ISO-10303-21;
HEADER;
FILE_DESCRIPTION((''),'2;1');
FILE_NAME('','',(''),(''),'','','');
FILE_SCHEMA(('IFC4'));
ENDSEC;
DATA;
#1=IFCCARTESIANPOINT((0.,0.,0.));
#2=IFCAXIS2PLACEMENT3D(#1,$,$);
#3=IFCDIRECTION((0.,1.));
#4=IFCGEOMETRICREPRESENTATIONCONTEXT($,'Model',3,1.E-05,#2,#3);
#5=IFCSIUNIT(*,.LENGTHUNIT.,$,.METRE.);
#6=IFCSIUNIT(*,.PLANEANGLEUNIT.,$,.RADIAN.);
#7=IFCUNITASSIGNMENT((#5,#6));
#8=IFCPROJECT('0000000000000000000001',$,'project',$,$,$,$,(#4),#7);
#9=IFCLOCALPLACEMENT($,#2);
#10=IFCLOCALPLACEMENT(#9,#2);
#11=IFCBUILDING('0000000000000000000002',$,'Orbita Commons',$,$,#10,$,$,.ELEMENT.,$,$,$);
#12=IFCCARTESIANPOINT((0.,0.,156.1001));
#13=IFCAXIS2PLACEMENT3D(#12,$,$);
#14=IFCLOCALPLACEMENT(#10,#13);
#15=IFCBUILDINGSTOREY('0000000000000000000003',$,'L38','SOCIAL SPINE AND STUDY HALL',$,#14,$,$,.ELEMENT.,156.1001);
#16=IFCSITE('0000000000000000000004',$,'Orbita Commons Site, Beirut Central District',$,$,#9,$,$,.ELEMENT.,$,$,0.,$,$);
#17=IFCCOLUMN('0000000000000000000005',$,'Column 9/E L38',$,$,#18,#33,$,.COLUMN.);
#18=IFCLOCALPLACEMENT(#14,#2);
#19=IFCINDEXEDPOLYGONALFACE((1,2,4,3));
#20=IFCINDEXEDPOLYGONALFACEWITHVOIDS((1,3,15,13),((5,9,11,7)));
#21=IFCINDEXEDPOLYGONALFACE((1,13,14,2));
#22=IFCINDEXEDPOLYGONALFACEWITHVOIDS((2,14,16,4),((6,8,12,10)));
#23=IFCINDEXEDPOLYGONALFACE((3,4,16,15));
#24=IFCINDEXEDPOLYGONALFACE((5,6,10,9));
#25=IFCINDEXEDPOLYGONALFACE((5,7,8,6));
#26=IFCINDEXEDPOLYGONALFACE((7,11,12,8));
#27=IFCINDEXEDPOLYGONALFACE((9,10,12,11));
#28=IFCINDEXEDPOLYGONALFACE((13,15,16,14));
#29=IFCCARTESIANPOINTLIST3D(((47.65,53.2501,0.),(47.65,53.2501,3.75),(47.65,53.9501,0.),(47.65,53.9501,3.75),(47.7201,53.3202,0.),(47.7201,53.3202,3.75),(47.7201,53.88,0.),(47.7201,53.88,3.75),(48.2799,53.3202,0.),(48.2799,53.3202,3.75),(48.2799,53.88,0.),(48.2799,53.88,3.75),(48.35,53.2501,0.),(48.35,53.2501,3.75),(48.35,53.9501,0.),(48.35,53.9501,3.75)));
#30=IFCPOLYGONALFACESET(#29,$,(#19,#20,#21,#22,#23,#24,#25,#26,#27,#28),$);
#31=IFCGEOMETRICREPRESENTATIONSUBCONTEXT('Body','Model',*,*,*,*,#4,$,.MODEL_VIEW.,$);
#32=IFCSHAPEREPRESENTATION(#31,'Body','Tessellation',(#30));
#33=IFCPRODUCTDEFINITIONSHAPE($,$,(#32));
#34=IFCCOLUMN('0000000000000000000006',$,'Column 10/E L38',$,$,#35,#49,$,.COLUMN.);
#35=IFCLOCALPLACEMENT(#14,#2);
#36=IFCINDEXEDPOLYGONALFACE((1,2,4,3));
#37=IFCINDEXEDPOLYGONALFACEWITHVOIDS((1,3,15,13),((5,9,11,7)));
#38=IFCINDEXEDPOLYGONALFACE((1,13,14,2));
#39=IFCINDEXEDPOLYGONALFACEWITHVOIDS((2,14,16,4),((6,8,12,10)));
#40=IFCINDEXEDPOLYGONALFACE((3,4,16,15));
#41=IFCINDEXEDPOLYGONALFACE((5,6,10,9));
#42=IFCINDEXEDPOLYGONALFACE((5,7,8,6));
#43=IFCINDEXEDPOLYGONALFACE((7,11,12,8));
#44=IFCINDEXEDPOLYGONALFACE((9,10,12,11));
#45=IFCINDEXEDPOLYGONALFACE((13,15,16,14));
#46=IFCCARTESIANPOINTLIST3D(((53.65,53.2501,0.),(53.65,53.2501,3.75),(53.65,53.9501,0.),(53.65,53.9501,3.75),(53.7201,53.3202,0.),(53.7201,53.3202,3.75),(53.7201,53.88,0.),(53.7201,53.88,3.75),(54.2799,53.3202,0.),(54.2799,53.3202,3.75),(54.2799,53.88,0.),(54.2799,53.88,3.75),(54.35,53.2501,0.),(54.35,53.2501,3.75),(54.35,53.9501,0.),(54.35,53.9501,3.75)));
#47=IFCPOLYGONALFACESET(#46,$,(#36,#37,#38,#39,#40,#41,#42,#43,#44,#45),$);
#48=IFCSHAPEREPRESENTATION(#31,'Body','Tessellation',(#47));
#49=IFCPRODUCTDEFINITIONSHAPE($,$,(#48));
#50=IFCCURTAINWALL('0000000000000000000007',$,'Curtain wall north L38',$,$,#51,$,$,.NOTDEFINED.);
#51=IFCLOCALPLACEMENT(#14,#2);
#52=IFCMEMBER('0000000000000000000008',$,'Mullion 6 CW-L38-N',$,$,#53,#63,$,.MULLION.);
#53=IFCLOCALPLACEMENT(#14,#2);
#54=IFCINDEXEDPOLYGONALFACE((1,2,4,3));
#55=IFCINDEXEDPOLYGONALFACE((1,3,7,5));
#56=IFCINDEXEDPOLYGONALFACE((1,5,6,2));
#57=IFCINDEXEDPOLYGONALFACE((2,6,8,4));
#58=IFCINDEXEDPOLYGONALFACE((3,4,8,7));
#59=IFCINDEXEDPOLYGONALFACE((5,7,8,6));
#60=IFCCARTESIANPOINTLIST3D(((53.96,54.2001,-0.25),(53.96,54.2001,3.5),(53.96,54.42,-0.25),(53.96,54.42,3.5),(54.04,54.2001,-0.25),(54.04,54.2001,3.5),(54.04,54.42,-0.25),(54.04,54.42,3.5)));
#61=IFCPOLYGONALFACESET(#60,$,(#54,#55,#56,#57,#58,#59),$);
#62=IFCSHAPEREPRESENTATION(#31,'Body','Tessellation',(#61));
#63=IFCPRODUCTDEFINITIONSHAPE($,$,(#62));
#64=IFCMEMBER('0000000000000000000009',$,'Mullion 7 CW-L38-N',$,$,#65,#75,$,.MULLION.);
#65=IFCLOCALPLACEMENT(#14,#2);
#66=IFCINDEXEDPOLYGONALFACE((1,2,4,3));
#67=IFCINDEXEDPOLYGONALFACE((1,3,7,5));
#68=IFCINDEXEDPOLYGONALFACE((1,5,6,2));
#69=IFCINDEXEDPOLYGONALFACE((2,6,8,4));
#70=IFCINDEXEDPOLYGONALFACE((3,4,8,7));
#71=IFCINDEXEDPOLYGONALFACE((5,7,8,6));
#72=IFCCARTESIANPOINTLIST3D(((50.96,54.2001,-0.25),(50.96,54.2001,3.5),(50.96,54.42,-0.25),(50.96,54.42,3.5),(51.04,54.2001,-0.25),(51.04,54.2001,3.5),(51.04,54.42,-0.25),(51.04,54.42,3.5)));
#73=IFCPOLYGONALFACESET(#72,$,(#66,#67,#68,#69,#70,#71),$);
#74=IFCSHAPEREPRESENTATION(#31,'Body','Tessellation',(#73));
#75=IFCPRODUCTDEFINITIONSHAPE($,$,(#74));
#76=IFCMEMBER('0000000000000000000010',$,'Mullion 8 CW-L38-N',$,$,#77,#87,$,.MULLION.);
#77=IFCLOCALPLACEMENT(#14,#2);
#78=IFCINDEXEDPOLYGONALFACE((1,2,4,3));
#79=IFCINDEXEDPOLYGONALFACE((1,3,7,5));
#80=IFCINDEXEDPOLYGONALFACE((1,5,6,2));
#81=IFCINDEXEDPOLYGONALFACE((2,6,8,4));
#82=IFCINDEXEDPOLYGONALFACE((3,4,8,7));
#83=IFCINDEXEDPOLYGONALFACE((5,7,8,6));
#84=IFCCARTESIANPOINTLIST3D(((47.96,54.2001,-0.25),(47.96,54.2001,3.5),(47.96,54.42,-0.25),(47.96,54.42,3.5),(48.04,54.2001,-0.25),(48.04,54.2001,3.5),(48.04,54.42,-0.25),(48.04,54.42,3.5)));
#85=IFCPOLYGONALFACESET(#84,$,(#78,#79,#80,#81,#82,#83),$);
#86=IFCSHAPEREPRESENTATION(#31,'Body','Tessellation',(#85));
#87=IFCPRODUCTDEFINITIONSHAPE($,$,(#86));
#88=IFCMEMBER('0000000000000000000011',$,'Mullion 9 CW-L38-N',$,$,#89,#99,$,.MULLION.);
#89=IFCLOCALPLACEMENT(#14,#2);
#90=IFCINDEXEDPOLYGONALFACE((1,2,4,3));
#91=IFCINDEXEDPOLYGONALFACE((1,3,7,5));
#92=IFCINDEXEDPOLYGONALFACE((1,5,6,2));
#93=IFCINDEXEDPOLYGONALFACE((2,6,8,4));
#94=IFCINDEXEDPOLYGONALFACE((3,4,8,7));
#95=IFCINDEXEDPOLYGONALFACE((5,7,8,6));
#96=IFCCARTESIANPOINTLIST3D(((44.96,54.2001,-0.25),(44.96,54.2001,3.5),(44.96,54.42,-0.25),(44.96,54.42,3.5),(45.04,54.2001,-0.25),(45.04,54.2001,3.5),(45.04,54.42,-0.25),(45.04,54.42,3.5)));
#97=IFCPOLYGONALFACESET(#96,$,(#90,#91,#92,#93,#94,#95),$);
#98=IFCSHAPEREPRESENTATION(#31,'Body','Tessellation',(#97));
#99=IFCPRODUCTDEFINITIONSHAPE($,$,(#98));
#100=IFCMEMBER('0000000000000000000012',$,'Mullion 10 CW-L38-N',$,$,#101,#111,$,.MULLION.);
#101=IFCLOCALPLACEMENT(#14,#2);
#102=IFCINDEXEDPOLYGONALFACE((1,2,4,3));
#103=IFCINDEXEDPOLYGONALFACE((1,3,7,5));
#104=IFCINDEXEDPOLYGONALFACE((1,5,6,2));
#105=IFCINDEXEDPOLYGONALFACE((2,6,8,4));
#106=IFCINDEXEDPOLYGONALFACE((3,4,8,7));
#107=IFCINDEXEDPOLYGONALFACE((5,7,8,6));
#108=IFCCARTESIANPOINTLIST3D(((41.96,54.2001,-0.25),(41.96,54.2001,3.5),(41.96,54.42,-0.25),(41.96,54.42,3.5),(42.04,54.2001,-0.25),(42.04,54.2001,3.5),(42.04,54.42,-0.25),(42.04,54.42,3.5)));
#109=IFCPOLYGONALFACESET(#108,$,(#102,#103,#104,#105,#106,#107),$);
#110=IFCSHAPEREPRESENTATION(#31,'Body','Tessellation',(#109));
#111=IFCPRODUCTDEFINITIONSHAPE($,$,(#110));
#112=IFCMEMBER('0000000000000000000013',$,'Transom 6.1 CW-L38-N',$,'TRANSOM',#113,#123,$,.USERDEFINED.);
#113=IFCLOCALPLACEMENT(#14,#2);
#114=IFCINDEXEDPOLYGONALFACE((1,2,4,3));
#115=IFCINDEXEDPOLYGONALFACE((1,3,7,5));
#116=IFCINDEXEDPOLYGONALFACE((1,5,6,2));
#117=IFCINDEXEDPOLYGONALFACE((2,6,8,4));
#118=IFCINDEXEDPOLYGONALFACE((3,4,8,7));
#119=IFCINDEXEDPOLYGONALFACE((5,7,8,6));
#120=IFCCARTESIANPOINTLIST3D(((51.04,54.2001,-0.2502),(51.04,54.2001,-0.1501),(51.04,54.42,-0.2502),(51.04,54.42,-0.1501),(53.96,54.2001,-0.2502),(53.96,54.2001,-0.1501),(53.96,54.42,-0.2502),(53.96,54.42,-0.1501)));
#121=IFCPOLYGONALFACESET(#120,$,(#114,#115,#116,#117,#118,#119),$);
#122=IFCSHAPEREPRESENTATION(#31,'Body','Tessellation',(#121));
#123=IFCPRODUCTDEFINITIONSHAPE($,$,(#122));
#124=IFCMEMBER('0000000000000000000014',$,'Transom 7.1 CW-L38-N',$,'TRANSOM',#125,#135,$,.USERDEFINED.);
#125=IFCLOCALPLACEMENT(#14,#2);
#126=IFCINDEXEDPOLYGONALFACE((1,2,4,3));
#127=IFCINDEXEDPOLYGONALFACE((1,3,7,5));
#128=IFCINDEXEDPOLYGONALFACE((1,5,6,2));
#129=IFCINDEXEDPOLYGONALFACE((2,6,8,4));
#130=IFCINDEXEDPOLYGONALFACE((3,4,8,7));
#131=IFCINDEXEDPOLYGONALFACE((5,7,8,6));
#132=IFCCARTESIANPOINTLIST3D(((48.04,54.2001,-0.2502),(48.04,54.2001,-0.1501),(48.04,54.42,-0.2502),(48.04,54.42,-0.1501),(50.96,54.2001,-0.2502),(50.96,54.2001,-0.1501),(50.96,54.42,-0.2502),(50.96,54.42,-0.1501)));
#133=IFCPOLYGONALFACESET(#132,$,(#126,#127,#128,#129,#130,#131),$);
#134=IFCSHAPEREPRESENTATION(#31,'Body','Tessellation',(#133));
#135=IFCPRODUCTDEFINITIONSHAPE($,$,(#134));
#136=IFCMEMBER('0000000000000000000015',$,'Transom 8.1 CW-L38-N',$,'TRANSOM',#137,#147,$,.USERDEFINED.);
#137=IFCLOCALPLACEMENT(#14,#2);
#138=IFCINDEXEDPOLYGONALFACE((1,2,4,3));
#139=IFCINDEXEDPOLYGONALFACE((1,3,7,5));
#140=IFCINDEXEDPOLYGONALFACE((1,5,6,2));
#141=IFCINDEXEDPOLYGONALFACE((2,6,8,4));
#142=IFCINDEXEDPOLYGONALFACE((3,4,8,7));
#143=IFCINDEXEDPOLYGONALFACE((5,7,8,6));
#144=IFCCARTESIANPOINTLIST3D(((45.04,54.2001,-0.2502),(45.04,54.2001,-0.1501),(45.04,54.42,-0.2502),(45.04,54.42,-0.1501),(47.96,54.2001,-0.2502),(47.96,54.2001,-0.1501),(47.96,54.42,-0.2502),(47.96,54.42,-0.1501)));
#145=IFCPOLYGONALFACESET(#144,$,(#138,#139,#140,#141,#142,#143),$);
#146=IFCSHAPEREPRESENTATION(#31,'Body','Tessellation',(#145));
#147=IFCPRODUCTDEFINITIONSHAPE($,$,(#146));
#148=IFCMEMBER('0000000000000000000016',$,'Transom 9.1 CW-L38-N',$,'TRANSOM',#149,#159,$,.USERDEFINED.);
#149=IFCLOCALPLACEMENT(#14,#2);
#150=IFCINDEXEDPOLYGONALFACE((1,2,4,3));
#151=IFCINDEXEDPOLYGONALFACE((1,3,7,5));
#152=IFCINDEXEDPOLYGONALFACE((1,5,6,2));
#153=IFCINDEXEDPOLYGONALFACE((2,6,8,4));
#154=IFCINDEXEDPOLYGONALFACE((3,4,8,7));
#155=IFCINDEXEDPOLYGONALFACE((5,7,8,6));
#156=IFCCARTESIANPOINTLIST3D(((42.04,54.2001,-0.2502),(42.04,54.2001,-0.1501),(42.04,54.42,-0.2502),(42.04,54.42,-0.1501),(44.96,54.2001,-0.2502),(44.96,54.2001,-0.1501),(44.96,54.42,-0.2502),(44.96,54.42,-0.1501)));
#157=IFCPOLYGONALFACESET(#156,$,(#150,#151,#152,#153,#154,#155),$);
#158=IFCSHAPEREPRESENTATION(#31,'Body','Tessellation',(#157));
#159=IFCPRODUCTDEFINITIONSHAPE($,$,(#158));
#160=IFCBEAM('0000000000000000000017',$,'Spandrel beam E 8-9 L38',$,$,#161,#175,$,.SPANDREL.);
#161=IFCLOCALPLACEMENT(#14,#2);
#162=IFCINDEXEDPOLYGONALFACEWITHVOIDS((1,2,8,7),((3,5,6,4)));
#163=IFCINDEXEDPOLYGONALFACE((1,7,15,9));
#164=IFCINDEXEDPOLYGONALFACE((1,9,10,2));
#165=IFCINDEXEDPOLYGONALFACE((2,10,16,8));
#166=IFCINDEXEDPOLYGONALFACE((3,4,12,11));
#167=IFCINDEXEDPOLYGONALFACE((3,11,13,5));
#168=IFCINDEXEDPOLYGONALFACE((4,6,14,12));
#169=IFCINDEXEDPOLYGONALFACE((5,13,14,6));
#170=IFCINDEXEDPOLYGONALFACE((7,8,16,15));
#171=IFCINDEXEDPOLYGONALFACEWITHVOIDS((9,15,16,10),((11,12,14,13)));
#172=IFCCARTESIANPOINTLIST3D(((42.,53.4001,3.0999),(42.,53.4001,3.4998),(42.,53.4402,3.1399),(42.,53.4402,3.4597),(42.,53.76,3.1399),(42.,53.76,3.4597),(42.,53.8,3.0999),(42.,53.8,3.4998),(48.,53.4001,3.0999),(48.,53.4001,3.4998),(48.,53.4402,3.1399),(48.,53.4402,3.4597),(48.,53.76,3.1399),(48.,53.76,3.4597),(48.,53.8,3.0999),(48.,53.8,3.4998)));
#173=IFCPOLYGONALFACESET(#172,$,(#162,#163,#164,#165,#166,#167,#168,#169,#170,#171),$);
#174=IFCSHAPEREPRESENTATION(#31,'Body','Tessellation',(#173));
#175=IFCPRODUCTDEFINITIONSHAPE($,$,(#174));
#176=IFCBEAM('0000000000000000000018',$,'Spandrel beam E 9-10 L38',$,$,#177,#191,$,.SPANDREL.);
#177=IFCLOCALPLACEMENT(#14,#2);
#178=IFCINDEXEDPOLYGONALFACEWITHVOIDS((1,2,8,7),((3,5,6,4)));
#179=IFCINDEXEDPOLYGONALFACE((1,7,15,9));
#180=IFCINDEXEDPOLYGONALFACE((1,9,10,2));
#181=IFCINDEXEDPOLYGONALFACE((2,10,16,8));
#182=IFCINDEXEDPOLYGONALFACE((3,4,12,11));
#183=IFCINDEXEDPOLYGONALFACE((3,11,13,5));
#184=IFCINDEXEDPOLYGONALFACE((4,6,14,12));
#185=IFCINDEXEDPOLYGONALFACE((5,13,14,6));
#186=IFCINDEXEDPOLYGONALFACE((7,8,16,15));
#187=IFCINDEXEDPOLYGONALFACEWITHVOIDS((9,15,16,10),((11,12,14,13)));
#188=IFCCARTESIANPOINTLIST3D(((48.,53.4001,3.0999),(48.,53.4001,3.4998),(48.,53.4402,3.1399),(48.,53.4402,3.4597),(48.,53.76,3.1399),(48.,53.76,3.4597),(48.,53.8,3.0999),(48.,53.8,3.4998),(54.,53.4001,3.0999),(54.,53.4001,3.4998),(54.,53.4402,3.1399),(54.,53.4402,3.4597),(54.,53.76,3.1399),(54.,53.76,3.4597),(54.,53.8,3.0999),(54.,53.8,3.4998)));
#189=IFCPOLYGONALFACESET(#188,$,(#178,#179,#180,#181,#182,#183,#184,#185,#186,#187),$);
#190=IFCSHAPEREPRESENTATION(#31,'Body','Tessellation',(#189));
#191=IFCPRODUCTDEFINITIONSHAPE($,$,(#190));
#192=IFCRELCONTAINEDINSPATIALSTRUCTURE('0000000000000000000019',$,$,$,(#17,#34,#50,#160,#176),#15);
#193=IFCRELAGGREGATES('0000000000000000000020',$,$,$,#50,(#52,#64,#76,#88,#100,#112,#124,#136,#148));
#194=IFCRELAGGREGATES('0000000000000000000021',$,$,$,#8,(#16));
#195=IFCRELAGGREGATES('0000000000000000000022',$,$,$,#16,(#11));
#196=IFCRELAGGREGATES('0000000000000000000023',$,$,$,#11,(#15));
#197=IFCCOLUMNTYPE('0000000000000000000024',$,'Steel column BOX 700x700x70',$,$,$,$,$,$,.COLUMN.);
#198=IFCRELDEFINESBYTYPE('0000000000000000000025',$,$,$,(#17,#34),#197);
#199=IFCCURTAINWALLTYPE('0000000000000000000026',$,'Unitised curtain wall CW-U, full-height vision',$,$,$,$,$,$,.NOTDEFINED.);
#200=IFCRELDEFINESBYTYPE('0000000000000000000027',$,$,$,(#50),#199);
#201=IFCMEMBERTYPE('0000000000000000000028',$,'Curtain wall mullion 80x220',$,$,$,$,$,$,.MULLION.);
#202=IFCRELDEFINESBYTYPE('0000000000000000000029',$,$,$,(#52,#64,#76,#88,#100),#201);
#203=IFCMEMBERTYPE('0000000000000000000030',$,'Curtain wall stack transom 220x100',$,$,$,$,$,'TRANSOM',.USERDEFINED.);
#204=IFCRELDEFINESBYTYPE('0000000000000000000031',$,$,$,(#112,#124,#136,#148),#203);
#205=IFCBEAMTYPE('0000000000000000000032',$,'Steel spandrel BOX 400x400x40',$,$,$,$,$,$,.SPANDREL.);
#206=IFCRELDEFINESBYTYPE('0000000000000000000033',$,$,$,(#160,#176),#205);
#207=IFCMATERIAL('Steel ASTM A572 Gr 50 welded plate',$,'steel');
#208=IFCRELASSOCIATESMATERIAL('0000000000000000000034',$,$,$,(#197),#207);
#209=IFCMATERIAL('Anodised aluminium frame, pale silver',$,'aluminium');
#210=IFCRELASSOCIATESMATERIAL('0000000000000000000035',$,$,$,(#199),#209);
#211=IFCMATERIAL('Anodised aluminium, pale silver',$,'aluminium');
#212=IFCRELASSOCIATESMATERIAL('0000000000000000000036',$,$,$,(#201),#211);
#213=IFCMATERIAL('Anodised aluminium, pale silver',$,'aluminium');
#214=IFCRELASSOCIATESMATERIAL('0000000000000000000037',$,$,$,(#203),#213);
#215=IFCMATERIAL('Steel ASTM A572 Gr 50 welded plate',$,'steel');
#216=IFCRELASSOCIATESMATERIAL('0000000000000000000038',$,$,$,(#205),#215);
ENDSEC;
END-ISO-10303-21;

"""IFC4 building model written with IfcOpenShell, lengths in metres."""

from ifc_helpers import new_model, si_unit, direction, frame, origin, origin_2d, place, context, subcontext, project, spatial, rectangle, hollow_rectangle, extrude, material, material_profile, profile_set, type_object, element, aggregate, save


model = new_model("IFC4")

# Units and contexts
model_context = context("Model", 3, precision=1e-05, world=origin(), true_north=direction((0.0, 1.0)))
body_context = subcontext(model_context, "Body", "Model", "MODEL_VIEW")
ifc_project = project(units=[si_unit("LENGTHUNIT", "METRE"), si_unit("PLANEANGLEUNIT", "RADIAN")], contexts=[model_context])

# Site, building, storey
site_placement = place(None, origin())
site = spatial("IfcSite", under=ifc_project, at=site_placement, Name="Orbita Commons Site, Beirut Central District", CompositionType="ELEMENT", RefElevation=0.0)
building_placement = place(site_placement, origin())
building = spatial("IfcBuilding", under=site, at=building_placement, Name="Orbita Commons", CompositionType="ELEMENT")
storey_placement = place(building_placement, frame((0.0, 0.0, 156.1001)))
storey = spatial("IfcBuildingStorey", under=building, at=storey_placement, Name="L38", Description="SOCIAL SPINE AND STUDY HALL", CompositionType="ELEMENT", Elevation=156.1001)

# Columns
ifc_material_1 = material(Name="Steel ASTM A572 Gr 50 welded plate", Category="steel")
ifc_material_profile_1 = material_profile(ifc_material_1, hollow_rectangle(XDim=0.7, YDim=0.7, WallThickness=0.0701, at=origin_2d()), Name="BOX 700x700x70")
ifc_profile_set_1 = profile_set([ifc_material_profile_1], Name="Steel ASTM A572 Gr 50 welded plate")
column_type = type_object("IfcColumnType", Name="Steel column BOX 700x700x70", PredefinedType="COLUMN", material=ifc_profile_set_1)
for number, where, z_axis, x_axis, name in (
    (1, (48.0, 53.6001, 0.0), (0.0, 0.0, 1.0), (1.0, 0.0, 0.0), "Column 9/E L38"),
    (2, (54.0, 53.6001, 0.0), (0.0, 0.0, 1.0), (1.0, 0.0, 0.0), "Column 10/E L38"),
):
    element("IfcColumn", number, at=place(storey_placement, frame(where, z_axis=z_axis, x_axis=x_axis)), inside=storey, type_object=column_type, Name=name, PredefinedType="COLUMN", context=body_context, shape_type="SweptSolid", body=[
        extrude(hollow_rectangle(XDim=0.7, YDim=0.7, WallThickness=0.0701, at=origin_2d()), origin(), (0.0, 0.0, 1.0), 3.75),
    ])

# Curtain wall, members
ifc_material_2 = material(Name="Anodised aluminium frame, pale silver", Category="aluminium")
curtain_wall_type = type_object("IfcCurtainWallType", Name="Unitised curtain wall CW-U, full-height vision", PredefinedType="NOTDEFINED", material=ifc_material_2)
curtain_wall_placement = place(storey_placement, origin())
curtain_wall = element("IfcCurtainWall", 3, at=curtain_wall_placement, inside=storey, type_object=curtain_wall_type, Name="Curtain wall north L38", PredefinedType="NOTDEFINED")
ifc_material_3 = material(Name="Anodised aluminium, pale silver", Category="aluminium")
ifc_material_profile_2 = material_profile(ifc_material_3, rectangle(XDim=0.0801, YDim=0.22, at=origin_2d()), Name="AL 80x220")
ifc_profile_set_2 = profile_set([ifc_material_profile_2], Name="Anodised aluminium, pale silver")
member_type_1 = type_object("IfcMemberType", Name="Curtain wall mullion 80x220", PredefinedType="MULLION", material=ifc_profile_set_2)
member_1_placement = place(storey_placement, frame((54.0, 54.3101, -0.25), z_axis=(0.0, 0.0, 1.0), x_axis=(-1.0, 0.0, 0.0)))
member_1 = element("IfcMember", 4, at=member_1_placement, type_object=member_type_1, Name="Mullion 6 CW-L38-N", PredefinedType="MULLION", context=body_context, shape_type="SweptSolid", body=[
    extrude(rectangle(XDim=0.0801, YDim=0.22, at=origin_2d()), origin(), (0.0, 0.0, 1.0), 3.75),
])
member_2_placement = place(storey_placement, frame((51.0, 54.3101, -0.25), z_axis=(0.0, 0.0, 1.0), x_axis=(-1.0, 0.0, 0.0)))
member_2 = element("IfcMember", 5, at=member_2_placement, type_object=member_type_1, Name="Mullion 7 CW-L38-N", PredefinedType="MULLION", context=body_context, shape_type="SweptSolid", body=[
    extrude(rectangle(XDim=0.0801, YDim=0.22, at=origin_2d()), origin(), (0.0, 0.0, 1.0), 3.75),
])
member_3_placement = place(storey_placement, frame((48.0, 54.3101, -0.25), z_axis=(0.0, 0.0, 1.0), x_axis=(-1.0, 0.0, 0.0)))
member_3 = element("IfcMember", 6, at=member_3_placement, type_object=member_type_1, Name="Mullion 8 CW-L38-N", PredefinedType="MULLION", context=body_context, shape_type="SweptSolid", body=[
    extrude(rectangle(XDim=0.0801, YDim=0.22, at=origin_2d()), origin(), (0.0, 0.0, 1.0), 3.75),
])
member_4_placement = place(storey_placement, frame((45.0, 54.3101, -0.25), z_axis=(0.0, 0.0, 1.0), x_axis=(-1.0, 0.0, 0.0)))
member_4 = element("IfcMember", 7, at=member_4_placement, type_object=member_type_1, Name="Mullion 9 CW-L38-N", PredefinedType="MULLION", context=body_context, shape_type="SweptSolid", body=[
    extrude(rectangle(XDim=0.0801, YDim=0.22, at=origin_2d()), origin(), (0.0, 0.0, 1.0), 3.75),
])
member_5_placement = place(storey_placement, frame((42.0, 54.3101, -0.25), z_axis=(0.0, 0.0, 1.0), x_axis=(-1.0, 0.0, 0.0)))
member_5 = element("IfcMember", 8, at=member_5_placement, type_object=member_type_1, Name="Mullion 10 CW-L38-N", PredefinedType="MULLION", context=body_context, shape_type="SweptSolid", body=[
    extrude(rectangle(XDim=0.0801, YDim=0.22, at=origin_2d()), origin(), (0.0, 0.0, 1.0), 3.75),
])
ifc_material_4 = material(Name="Anodised aluminium, pale silver", Category="aluminium")
ifc_material_profile_3 = material_profile(ifc_material_4, rectangle(XDim=0.22, YDim=0.1001, at=origin_2d()), Name="AL 220x100")
ifc_profile_set_3 = profile_set([ifc_material_profile_3], Name="Anodised aluminium, pale silver")
member_type_2 = type_object("IfcMemberType", Name="Curtain wall stack transom 220x100", ElementType="TRANSOM", PredefinedType="USERDEFINED", material=ifc_profile_set_3)
member_6_placement = place(storey_placement, frame((53.96, 54.3101, -0.2002), z_axis=(-1.0, 0.0, 0.0), x_axis=(0.0, -1.0, 0.0)))
member_6 = element("IfcMember", 9, at=member_6_placement, type_object=member_type_2, Name="Transom 6.1 CW-L38-N", ObjectType="TRANSOM", PredefinedType="USERDEFINED", context=body_context, shape_type="SweptSolid", body=[
    extrude(rectangle(XDim=0.22, YDim=0.1001, at=origin_2d()), origin(), (0.0, 0.0, 1.0), 2.9199),
])
member_7_placement = place(storey_placement, frame((50.96, 54.3101, -0.2002), z_axis=(-1.0, 0.0, 0.0), x_axis=(0.0, -1.0, 0.0)))
member_7 = element("IfcMember", 10, at=member_7_placement, type_object=member_type_2, Name="Transom 7.1 CW-L38-N", ObjectType="TRANSOM", PredefinedType="USERDEFINED", context=body_context, shape_type="SweptSolid", body=[
    extrude(rectangle(XDim=0.22, YDim=0.1001, at=origin_2d()), origin(), (0.0, 0.0, 1.0), 2.9199),
])
member_8_placement = place(storey_placement, frame((47.96, 54.3101, -0.2002), z_axis=(-1.0, 0.0, 0.0), x_axis=(0.0, -1.0, 0.0)))
member_8 = element("IfcMember", 11, at=member_8_placement, type_object=member_type_2, Name="Transom 8.1 CW-L38-N", ObjectType="TRANSOM", PredefinedType="USERDEFINED", context=body_context, shape_type="SweptSolid", body=[
    extrude(rectangle(XDim=0.22, YDim=0.1001, at=origin_2d()), origin(), (0.0, 0.0, 1.0), 2.9199),
])
member_9_placement = place(storey_placement, frame((44.96, 54.3101, -0.2002), z_axis=(-1.0, 0.0, 0.0), x_axis=(0.0, -1.0, 0.0)))
member_9 = element("IfcMember", 12, at=member_9_placement, type_object=member_type_2, Name="Transom 9.1 CW-L38-N", ObjectType="TRANSOM", PredefinedType="USERDEFINED", context=body_context, shape_type="SweptSolid", body=[
    extrude(rectangle(XDim=0.22, YDim=0.1001, at=origin_2d()), origin(), (0.0, 0.0, 1.0), 2.9199),
])

# Beams
ifc_material_5 = material(Name="Steel ASTM A572 Gr 50 welded plate", Category="steel")
ifc_material_profile_4 = material_profile(ifc_material_5, hollow_rectangle(XDim=0.3999, YDim=0.3999, WallThickness=0.04, at=origin_2d()), Name="BOX 400x400x40")
ifc_profile_set_4 = profile_set([ifc_material_profile_4], Name="Steel ASTM A572 Gr 50 welded plate")
beam_type = type_object("IfcBeamType", Name="Steel spandrel BOX 400x400x40", PredefinedType="SPANDREL", material=ifc_profile_set_4)
for number, where, z_axis, x_axis, name in (
    (13, (42.0, 53.6001, 3.2998), (1.0, 0.0, 0.0), (0.0, 1.0, 0.0), "Spandrel beam E 8-9 L38"),
    (14, (48.0, 53.6001, 3.2998), (1.0, 0.0, 0.0), (0.0, 1.0, 0.0), "Spandrel beam E 9-10 L38"),
):
    element("IfcBeam", number, at=place(storey_placement, frame(where, z_axis=z_axis, x_axis=x_axis)), inside=storey, type_object=beam_type, Name=name, PredefinedType="SPANDREL", context=body_context, shape_type="SweptSolid", body=[
        extrude(hollow_rectangle(XDim=0.3999, YDim=0.3999, WallThickness=0.04, at=origin_2d()), origin(), (0.0, 0.0, 1.0), 6.0),
    ])

aggregate(curtain_wall, [member_1, member_2, member_3, member_4, member_5, member_6, member_7, member_8, member_9])

save(model, "model.ifc")
